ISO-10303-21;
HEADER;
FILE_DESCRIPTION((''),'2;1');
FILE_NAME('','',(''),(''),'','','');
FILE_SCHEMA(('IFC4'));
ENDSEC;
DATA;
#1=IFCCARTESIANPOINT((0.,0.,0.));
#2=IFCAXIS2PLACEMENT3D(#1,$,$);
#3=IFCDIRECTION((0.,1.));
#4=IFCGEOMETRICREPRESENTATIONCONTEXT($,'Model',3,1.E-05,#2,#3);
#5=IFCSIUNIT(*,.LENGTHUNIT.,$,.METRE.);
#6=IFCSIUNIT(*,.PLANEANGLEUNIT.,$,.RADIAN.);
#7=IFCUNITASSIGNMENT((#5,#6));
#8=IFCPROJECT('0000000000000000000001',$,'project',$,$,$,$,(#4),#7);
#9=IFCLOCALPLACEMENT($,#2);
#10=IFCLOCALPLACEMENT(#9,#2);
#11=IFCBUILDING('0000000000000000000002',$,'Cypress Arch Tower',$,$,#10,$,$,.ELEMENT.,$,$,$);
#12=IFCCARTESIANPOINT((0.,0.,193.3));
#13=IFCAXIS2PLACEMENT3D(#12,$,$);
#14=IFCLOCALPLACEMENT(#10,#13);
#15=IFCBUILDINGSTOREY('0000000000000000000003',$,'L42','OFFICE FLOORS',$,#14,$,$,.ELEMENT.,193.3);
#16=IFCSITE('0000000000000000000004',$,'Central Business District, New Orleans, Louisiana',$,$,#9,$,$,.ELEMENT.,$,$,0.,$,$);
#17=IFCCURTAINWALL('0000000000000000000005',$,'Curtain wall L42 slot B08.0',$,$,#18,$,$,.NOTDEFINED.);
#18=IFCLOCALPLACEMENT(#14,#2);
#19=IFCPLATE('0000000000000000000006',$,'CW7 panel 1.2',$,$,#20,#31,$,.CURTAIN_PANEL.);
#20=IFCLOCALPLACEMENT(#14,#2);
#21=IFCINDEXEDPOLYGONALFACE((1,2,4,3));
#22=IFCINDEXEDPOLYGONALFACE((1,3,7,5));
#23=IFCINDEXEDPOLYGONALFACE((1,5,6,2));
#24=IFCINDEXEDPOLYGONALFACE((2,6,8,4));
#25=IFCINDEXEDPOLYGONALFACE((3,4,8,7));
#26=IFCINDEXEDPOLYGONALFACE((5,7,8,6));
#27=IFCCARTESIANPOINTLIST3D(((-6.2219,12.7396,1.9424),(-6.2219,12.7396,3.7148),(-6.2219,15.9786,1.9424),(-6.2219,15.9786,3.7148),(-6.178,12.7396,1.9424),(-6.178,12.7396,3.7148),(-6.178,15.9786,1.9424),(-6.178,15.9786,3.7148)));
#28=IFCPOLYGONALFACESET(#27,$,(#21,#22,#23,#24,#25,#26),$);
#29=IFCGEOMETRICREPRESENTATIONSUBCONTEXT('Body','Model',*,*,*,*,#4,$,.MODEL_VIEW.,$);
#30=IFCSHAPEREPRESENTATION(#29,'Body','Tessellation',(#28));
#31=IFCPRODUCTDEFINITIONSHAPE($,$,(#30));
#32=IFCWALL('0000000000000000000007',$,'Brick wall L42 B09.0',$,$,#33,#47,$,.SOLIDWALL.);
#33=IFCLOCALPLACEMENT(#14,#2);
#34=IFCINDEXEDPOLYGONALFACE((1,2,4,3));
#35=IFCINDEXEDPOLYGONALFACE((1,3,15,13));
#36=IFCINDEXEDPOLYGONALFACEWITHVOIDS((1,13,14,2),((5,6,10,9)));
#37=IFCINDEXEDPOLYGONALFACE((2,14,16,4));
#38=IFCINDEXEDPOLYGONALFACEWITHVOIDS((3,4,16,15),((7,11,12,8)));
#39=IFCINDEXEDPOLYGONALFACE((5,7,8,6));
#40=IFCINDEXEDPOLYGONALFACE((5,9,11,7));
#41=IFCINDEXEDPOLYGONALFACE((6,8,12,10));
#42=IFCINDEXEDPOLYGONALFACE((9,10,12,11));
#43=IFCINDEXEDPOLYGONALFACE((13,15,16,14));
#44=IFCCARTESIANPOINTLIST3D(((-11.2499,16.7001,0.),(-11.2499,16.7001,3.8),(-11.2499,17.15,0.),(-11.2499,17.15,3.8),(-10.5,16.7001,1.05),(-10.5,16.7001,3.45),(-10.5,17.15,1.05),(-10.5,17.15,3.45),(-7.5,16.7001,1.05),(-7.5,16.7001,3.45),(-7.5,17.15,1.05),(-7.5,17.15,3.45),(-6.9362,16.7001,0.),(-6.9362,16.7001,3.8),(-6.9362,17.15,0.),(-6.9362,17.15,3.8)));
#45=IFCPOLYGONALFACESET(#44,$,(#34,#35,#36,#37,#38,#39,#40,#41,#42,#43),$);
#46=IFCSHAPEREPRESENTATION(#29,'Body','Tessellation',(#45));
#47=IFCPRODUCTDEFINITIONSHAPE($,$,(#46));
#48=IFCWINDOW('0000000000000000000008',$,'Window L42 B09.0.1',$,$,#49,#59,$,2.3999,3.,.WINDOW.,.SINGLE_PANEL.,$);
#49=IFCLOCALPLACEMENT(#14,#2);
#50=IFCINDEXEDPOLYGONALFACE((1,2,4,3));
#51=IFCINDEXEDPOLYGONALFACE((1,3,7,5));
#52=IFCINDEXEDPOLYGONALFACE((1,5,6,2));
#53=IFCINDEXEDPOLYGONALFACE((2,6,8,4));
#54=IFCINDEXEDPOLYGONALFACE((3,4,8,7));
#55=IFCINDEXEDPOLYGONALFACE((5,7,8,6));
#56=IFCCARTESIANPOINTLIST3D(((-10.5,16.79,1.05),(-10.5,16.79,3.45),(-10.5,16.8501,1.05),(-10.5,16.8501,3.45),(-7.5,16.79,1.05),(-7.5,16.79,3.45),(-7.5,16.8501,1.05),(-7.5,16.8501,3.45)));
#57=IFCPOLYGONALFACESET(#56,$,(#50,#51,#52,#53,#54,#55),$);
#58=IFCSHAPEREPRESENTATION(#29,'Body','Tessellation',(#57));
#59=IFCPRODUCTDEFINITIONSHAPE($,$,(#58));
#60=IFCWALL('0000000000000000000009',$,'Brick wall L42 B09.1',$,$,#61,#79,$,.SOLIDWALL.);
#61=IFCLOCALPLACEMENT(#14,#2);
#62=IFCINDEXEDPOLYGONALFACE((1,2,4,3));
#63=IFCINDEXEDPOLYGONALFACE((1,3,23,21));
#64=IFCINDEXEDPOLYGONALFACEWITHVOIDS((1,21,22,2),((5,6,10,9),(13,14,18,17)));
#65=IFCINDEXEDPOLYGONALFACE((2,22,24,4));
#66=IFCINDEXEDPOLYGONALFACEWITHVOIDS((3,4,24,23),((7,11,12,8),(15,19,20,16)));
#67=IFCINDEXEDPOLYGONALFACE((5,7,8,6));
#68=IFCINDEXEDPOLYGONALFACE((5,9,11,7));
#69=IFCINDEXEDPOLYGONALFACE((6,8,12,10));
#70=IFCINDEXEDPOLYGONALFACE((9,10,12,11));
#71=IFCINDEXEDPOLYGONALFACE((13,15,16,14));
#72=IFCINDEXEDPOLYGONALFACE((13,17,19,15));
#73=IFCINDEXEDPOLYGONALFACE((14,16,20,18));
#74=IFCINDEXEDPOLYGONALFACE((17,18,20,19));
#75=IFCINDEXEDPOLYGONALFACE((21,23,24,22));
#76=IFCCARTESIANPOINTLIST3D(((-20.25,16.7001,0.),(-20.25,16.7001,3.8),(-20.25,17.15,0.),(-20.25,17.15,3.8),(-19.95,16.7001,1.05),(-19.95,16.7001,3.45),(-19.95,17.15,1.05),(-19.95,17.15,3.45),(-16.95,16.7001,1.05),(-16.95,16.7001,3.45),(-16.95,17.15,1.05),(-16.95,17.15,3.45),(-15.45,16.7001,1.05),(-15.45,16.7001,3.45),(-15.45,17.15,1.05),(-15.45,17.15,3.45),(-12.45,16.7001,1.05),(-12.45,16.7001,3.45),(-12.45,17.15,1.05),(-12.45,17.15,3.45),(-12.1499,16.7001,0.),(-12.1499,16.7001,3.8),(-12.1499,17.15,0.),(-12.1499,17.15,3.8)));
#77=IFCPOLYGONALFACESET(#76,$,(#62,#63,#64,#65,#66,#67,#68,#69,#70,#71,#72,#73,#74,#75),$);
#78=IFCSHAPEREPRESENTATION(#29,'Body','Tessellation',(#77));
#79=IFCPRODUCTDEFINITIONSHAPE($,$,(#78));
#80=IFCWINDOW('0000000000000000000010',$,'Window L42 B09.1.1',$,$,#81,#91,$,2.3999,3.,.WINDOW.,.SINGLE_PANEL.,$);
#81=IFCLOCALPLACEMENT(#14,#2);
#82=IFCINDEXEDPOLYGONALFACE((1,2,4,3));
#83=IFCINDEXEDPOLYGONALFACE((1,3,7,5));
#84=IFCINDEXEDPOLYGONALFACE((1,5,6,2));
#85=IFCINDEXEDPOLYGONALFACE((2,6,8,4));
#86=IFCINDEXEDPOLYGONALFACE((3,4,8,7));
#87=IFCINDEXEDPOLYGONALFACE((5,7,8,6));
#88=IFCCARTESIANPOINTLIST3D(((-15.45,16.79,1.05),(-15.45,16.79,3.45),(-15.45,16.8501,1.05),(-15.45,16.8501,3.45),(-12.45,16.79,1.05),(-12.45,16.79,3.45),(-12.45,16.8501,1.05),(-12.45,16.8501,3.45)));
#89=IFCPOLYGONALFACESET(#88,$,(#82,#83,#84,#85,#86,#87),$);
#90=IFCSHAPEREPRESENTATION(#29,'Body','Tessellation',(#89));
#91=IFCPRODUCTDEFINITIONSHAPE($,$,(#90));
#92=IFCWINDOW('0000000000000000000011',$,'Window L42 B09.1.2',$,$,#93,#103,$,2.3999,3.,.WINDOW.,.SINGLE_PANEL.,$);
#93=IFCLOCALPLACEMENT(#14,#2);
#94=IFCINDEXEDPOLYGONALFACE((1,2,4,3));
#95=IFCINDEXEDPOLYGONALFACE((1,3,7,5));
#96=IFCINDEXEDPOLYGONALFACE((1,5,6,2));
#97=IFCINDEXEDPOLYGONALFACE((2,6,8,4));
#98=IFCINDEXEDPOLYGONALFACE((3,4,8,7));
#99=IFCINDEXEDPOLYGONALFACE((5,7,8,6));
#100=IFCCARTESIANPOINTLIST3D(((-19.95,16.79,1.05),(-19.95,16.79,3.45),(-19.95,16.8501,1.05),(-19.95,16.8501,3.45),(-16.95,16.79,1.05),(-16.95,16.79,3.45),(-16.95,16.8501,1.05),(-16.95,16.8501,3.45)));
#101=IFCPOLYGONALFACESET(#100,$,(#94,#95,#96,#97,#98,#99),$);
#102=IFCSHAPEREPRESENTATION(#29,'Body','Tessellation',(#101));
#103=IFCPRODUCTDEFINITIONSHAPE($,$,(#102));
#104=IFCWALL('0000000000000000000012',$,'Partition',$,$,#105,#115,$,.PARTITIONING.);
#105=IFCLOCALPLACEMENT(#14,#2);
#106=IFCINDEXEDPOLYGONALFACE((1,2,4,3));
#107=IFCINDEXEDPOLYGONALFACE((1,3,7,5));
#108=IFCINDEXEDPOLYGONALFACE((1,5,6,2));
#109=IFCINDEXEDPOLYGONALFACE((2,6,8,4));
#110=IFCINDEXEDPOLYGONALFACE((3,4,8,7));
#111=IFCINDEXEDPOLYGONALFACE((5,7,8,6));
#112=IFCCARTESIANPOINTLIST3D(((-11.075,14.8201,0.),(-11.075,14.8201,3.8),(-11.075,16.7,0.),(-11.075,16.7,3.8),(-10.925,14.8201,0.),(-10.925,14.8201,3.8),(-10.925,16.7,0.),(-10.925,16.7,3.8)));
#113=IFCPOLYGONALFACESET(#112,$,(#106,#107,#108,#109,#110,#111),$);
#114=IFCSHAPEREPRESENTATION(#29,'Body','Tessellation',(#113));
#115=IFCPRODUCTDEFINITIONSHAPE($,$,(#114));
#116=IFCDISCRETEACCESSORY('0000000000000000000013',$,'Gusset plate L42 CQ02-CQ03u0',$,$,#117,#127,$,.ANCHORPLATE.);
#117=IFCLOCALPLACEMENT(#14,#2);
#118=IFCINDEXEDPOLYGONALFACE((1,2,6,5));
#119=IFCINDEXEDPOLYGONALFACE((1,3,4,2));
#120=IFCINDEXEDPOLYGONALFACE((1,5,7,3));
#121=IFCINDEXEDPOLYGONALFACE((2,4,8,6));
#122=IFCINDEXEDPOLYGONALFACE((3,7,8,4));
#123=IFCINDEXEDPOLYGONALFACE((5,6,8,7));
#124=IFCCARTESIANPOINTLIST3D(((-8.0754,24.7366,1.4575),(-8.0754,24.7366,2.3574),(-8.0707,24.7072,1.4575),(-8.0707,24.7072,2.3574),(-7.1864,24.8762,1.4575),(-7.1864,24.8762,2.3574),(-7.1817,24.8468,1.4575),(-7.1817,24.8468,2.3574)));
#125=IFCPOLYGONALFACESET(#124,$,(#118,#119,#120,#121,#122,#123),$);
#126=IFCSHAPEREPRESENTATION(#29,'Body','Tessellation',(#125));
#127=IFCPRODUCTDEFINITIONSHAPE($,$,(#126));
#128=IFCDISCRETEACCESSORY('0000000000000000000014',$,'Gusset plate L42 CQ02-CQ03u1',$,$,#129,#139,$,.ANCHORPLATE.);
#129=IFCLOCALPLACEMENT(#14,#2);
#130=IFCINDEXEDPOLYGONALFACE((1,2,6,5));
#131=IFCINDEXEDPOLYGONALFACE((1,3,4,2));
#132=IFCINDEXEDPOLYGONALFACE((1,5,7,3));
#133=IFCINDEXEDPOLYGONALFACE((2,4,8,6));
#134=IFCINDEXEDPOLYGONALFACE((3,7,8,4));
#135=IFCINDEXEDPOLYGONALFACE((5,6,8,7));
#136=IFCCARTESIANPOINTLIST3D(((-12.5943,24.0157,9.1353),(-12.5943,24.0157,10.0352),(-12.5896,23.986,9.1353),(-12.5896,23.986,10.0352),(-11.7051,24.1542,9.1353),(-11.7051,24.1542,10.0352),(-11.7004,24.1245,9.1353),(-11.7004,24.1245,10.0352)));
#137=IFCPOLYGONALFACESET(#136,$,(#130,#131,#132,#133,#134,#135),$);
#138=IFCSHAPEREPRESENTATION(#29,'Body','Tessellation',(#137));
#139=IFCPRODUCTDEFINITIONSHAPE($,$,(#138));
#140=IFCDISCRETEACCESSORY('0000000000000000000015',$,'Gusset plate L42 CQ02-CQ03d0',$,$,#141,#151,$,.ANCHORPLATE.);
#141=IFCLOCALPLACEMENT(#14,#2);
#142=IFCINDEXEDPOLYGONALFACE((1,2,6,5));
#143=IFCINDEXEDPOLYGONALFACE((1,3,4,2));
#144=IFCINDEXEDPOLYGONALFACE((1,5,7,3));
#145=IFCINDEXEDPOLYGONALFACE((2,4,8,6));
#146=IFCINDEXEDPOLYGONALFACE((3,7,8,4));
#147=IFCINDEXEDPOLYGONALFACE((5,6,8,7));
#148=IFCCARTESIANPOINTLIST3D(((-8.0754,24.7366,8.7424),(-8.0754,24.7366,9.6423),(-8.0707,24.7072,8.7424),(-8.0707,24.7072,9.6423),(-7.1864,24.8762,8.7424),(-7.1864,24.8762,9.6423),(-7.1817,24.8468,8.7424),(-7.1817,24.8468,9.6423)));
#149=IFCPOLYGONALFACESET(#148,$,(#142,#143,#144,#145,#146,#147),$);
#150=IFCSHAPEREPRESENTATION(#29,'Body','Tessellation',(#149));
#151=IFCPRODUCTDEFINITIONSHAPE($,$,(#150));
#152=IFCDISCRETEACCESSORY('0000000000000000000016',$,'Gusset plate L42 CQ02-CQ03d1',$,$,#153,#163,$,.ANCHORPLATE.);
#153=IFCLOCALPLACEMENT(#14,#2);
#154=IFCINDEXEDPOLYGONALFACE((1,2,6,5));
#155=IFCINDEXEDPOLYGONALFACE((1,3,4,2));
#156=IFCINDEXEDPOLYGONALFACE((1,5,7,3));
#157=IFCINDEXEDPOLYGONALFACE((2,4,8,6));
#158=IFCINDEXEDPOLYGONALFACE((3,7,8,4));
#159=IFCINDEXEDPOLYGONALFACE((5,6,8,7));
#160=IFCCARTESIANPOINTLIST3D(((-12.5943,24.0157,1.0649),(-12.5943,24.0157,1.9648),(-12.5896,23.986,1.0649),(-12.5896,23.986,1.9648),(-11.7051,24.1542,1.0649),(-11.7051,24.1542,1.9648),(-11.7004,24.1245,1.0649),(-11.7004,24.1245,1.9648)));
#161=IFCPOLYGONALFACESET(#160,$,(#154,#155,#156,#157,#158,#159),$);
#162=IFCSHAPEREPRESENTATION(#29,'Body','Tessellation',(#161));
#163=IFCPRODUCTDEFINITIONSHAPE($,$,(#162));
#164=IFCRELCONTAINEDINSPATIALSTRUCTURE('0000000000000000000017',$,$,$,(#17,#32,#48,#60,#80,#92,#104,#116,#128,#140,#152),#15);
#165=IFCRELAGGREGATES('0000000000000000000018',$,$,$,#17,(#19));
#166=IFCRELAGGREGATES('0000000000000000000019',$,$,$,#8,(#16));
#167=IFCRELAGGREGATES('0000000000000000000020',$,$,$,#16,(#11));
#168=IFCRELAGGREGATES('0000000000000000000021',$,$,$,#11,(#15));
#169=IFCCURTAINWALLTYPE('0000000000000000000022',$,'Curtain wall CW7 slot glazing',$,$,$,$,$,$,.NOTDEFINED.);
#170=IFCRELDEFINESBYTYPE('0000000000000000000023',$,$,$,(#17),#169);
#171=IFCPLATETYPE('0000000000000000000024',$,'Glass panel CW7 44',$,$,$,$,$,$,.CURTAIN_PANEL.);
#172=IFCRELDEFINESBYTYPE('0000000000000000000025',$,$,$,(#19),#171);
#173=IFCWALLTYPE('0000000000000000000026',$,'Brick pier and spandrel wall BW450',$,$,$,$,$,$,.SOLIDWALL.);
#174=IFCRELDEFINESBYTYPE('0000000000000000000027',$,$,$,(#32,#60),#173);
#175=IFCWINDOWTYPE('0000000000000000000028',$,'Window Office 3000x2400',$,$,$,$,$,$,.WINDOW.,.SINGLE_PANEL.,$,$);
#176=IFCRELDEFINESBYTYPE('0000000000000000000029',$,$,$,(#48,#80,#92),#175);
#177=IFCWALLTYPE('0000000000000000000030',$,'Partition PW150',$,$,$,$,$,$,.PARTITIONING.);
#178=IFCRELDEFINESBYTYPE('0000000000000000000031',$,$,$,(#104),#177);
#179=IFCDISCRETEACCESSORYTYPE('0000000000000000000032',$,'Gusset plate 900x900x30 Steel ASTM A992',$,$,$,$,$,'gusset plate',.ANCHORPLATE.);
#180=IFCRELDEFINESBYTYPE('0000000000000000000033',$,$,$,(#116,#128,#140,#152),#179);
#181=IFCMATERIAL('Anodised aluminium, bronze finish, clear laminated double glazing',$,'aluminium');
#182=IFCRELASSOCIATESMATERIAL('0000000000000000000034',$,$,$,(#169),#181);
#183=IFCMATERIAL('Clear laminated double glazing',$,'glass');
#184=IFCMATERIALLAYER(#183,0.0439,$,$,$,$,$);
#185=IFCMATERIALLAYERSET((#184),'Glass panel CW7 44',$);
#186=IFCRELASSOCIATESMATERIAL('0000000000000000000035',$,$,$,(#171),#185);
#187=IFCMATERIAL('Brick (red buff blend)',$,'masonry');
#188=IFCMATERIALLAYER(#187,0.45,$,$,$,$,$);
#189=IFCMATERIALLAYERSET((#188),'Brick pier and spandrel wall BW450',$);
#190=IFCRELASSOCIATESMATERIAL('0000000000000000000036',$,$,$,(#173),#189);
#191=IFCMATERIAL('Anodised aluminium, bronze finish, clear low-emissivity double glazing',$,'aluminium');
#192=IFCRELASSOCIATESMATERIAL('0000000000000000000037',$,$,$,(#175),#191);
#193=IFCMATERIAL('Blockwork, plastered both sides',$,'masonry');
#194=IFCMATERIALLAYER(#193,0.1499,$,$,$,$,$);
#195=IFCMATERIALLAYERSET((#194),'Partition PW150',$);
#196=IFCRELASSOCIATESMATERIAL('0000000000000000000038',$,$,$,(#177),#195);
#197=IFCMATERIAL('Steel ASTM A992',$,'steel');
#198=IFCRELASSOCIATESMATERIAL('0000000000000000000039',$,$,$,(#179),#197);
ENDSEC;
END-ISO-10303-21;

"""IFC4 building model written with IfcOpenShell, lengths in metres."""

from ifc_helpers import new_model, si_unit, direction, frame, frame_2d, origin, origin_2d, place, context, subcontext, project, spatial, rectangle, extrude, material, layer, layer_set, material_profile, profile_set, type_object, element, fill, aggregate, save


model = new_model("IFC4")

# Units and contexts
model_context = context("Model", 3, precision=1e-05, world=origin(), true_north=direction((0.0, 1.0)))
body_context = subcontext(model_context, "Body", "Model", "MODEL_VIEW")
ifc_project = project(units=[si_unit("LENGTHUNIT", "METRE"), si_unit("PLANEANGLEUNIT", "RADIAN")], contexts=[model_context])

# Site, building, storey
site_placement = place(None, origin())
site = spatial("IfcSite", under=ifc_project, at=site_placement, Name="Central Business District, New Orleans, Louisiana", CompositionType="ELEMENT", RefElevation=0.0)
building_placement = place(site_placement, origin())
building = spatial("IfcBuilding", under=site, at=building_placement, Name="Cypress Arch Tower", CompositionType="ELEMENT")
storey_placement = place(building_placement, frame((0.0, 0.0, 193.3)))
storey = spatial("IfcBuildingStorey", under=building, at=storey_placement, Name="L42", Description="OFFICE FLOORS", CompositionType="ELEMENT", Elevation=193.3)

# Curtain wall
ifc_material_1 = material(Name="Anodised aluminium, bronze finish, clear laminated double glazing", Category="aluminium")
curtain_wall_type = type_object("IfcCurtainWallType", Name="Curtain wall CW7 slot glazing", PredefinedType="NOTDEFINED", material=ifc_material_1)
curtain_wall_placement = place(storey_placement, origin())
curtain_wall = element("IfcCurtainWall", 1, at=curtain_wall_placement, inside=storey, type_object=curtain_wall_type, Name="Curtain wall L42 slot B08.0", PredefinedType="NOTDEFINED")

# Plate
ifc_material_2 = material(Name="Clear laminated double glazing", Category="glass")
ifc_layer_1 = layer(ifc_material_2, 0.0439)
ifc_layer_set_1 = layer_set([ifc_layer_1], Name="Glass panel CW7 44")
plate_type = type_object("IfcPlateType", Name="Glass panel CW7 44", PredefinedType="CURTAIN_PANEL", material=ifc_layer_set_1)
plate_1_placement = place(storey_placement, frame((-6.2, 14.3591, 1.9424), z_axis=(0.0, 0.0, 1.0), x_axis=(0.0, 1.0, 0.0)))
plate_1 = element("IfcPlate", 2, at=plate_1_placement, type_object=plate_type, Name="CW7 panel 1.2", PredefinedType="CURTAIN_PANEL", context=body_context, shape_type="SweptSolid", body=[
    extrude(rectangle(XDim=3.239, YDim=0.0439, at=origin_2d()), origin(), (0.0, 0.0, 1.0), 1.7725),
])
aggregate(curtain_wall, [plate_1])

# Wall, opening, window
ifc_material_3 = material(Name="Brick (red buff blend)", Category="masonry")
ifc_layer_2 = layer(ifc_material_3, 0.45)
ifc_layer_set_2 = layer_set([ifc_layer_2], Name="Brick pier and spandrel wall BW450")
wall_type_1 = type_object("IfcWallType", Name="Brick pier and spandrel wall BW450", PredefinedType="SOLIDWALL", material=ifc_layer_set_2)
wall_1_placement = place(storey_placement, frame((-6.9363, 16.925, 0.0), z_axis=(0.0, 0.0, 1.0), x_axis=(-1.0, 0.0, 0.0)))
wall_1 = element("IfcWall", 3, at=wall_1_placement, inside=storey, type_object=wall_type_1, Name="Brick wall L42 B09.0", PredefinedType="SOLIDWALL", context=body_context, shape_type="SweptSolid", body=[
    extrude(rectangle(XDim=4.3137, YDim=0.45, at=frame_2d((2.1567, 0.0))), origin(), (0.0, 0.0, 1.0), 3.8),
])
opening_1_placement = place(wall_1_placement, frame((0.5637, 0.0, 1.05)))
opening_1 = element("IfcOpeningElement", 4, at=opening_1_placement, cuts=wall_1, PredefinedType="OPENING", context=body_context, shape_type="SweptSolid", body=[
    extrude(rectangle(XDim=3.0, YDim=2.3999, at=frame_2d((1.5, 1.2))), frame((0.0, 0.2349, 0.0), z_axis=(0.0, -1.0, 0.0), x_axis=(1.0, 0.0, 0.0)), (0.0, 0.0, 1.0), 0.47),
])
ifc_material_4 = material(Name="Anodised aluminium, bronze finish, clear low-emissivity double glazing", Category="aluminium")
window_type = type_object("IfcWindowType", Name="Window Office 3000x2400", PartitioningType="SINGLE_PANEL", PredefinedType="WINDOW", material=ifc_material_4)
window_1_placement = place(opening_1_placement, origin())
window_1 = element("IfcWindow", 5, at=window_1_placement, inside=storey, type_object=window_type, Name="Window L42 B09.0.1", OverallHeight=2.3999, OverallWidth=3.0, PartitioningType="SINGLE_PANEL", PredefinedType="WINDOW", context=body_context, shape_type="SweptSolid", body=[
    extrude(rectangle(XDim=3.0, YDim=2.3999, at=frame_2d((1.5, 1.2))), frame((0.0, 0.135, 0.0), z_axis=(0.0, -1.0, 0.0), x_axis=(1.0, 0.0, 0.0)), (0.0, 0.0, 1.0), 0.0601),
])
fill(opening_1, window_1)

# Wall, openings, windows
wall_2_placement = place(storey_placement, frame((-12.1499, 16.925, 0.0), z_axis=(0.0, 0.0, 1.0), x_axis=(-1.0, 0.0, 0.0)))
wall_2 = element("IfcWall", 6, at=wall_2_placement, inside=storey, type_object=wall_type_1, Name="Brick wall L42 B09.1", PredefinedType="SOLIDWALL", context=body_context, shape_type="SweptSolid", body=[
    extrude(rectangle(XDim=8.1001, YDim=0.45, at=frame_2d((4.05, 0.0))), origin(), (0.0, 0.0, 1.0), 3.8),
])
opening_2_placement = place(wall_2_placement, frame((0.3, 0.0, 1.05)))
opening_2 = element("IfcOpeningElement", 7, at=opening_2_placement, cuts=wall_2, PredefinedType="OPENING", context=body_context, shape_type="SweptSolid", body=[
    extrude(rectangle(XDim=3.0, YDim=2.3999, at=frame_2d((1.5, 1.2))), frame((0.0, 0.2349, 0.0), z_axis=(0.0, -1.0, 0.0), x_axis=(1.0, 0.0, 0.0)), (0.0, 0.0, 1.0), 0.47),
])
opening_3_placement = place(wall_2_placement, frame((4.8, 0.0, 1.05)))
opening_3 = element("IfcOpeningElement", 8, at=opening_3_placement, cuts=wall_2, PredefinedType="OPENING", context=body_context, shape_type="SweptSolid", body=[
    extrude(rectangle(XDim=3.0, YDim=2.3999, at=frame_2d((1.5, 1.2))), frame((0.0, 0.2349, 0.0), z_axis=(0.0, -1.0, 0.0), x_axis=(1.0, 0.0, 0.0)), (0.0, 0.0, 1.0), 0.47),
])
window_2_placement = place(opening_2_placement, origin())
window_2 = element("IfcWindow", 9, at=window_2_placement, inside=storey, type_object=window_type, Name="Window L42 B09.1.1", OverallHeight=2.3999, OverallWidth=3.0, PartitioningType="SINGLE_PANEL", PredefinedType="WINDOW", context=body_context, shape_type="SweptSolid", body=[
    extrude(rectangle(XDim=3.0, YDim=2.3999, at=frame_2d((1.5, 1.2))), frame((0.0, 0.135, 0.0), z_axis=(0.0, -1.0, 0.0), x_axis=(1.0, 0.0, 0.0)), (0.0, 0.0, 1.0), 0.0601),
])
fill(opening_2, window_2)
window_3_placement = place(opening_3_placement, origin())
window_3 = element("IfcWindow", 10, at=window_3_placement, inside=storey, type_object=window_type, Name="Window L42 B09.1.2", OverallHeight=2.3999, OverallWidth=3.0, PartitioningType="SINGLE_PANEL", PredefinedType="WINDOW", context=body_context, shape_type="SweptSolid", body=[
    extrude(rectangle(XDim=3.0, YDim=2.3999, at=frame_2d((1.5, 1.2))), frame((0.0, 0.135, 0.0), z_axis=(0.0, -1.0, 0.0), x_axis=(1.0, 0.0, 0.0)), (0.0, 0.0, 1.0), 0.0601),
])
fill(opening_3, window_3)

# Wall
ifc_material_5 = material(Name="Blockwork, plastered both sides", Category="masonry")
ifc_layer_3 = layer(ifc_material_5, 0.1499)
ifc_layer_set_3 = layer_set([ifc_layer_3], Name="Partition PW150")
wall_type_2 = type_object("IfcWallType", Name="Partition PW150", PredefinedType="PARTITIONING", material=ifc_layer_set_3)
wall_3_placement = place(storey_placement, frame((-11.0, 14.8201, 0.0), z_axis=(0.0, 0.0, 1.0), x_axis=(0.0, 1.0, 0.0)))
element("IfcWall", 11, at=wall_3_placement, inside=storey, type_object=wall_type_2, Name="Partition", PredefinedType="PARTITIONING", context=body_context, shape_type="SweptSolid", body=[
    extrude(rectangle(XDim=1.8799, YDim=0.1499, at=frame_2d((0.9399, 0.0))), origin(), (0.0, 0.0, 1.0), 3.8),
])

# Discrete accessories
ifc_material_6 = material(Name="Steel ASTM A992", Category="steel")
ifc_material_profile_1 = material_profile(ifc_material_6, rectangle(XDim=0.8999, YDim=0.8999, at=origin_2d()), Name="PL 30 900x900")
ifc_profile_set_1 = profile_set([ifc_material_profile_1], Name="Steel ASTM A992")
discrete_accessory_type_1 = type_object("IfcDiscreteAccessoryType", Name="Gusset plate 900x900x30 Steel ASTM A992", ElementType="gusset plate", PredefinedType="ANCHORPLATE", material=ifc_profile_set_1)
discrete_accessory_1_placement = place(storey_placement, frame((-7.6309, 24.8064, 1.9075), z_axis=(0.155124, -0.987895, 0.0), x_axis=(0.987895, 0.155124, 0.0)))
element("IfcDiscreteAccessory", 12, at=discrete_accessory_1_placement, inside=storey, type_object=discrete_accessory_type_1, Name="Gusset plate L42 CQ02-CQ03u0", PredefinedType="ANCHORPLATE", context=body_context, shape_type="SweptSolid", body=[
    extrude(rectangle(XDim=0.8999, YDim=0.8999, at=origin_2d()), origin(), (0.0, 0.0, 1.0), 0.0298),
])
discrete_accessory_2_placement = place(storey_placement, frame((-12.1497, 24.085, 9.5852), z_axis=(0.153883, -0.988089, 0.0), x_axis=(0.988089, 0.153883, 0.0)))
element("IfcDiscreteAccessory", 13, at=discrete_accessory_2_placement, inside=storey, type_object=discrete_accessory_type_1, Name="Gusset plate L42 CQ02-CQ03u1", PredefinedType="ANCHORPLATE", context=body_context, shape_type="SweptSolid", body=[
    extrude(rectangle(XDim=0.8999, YDim=0.8999, at=origin_2d()), origin(), (0.0, 0.0, 1.0), 0.03),
])
discrete_accessory_3_placement = place(storey_placement, frame((-7.6309, 24.8064, 9.1924), z_axis=(0.155124, -0.987895, 0.0), x_axis=(0.987895, 0.155124, 0.0)))
element("IfcDiscreteAccessory", 14, at=discrete_accessory_3_placement, inside=storey, type_object=discrete_accessory_type_1, Name="Gusset plate L42 CQ02-CQ03d0", PredefinedType="ANCHORPLATE", context=body_context, shape_type="SweptSolid", body=[
    extrude(rectangle(XDim=0.8999, YDim=0.8999, at=origin_2d()), origin(), (0.0, 0.0, 1.0), 0.0298),
])
discrete_accessory_4_placement = place(storey_placement, frame((-12.1497, 24.085, 1.5149), z_axis=(0.153883, -0.988089, 0.0), x_axis=(0.988089, 0.153883, 0.0)))
element("IfcDiscreteAccessory", 15, at=discrete_accessory_4_placement, inside=storey, type_object=discrete_accessory_type_1, Name="Gusset plate L42 CQ02-CQ03d1", PredefinedType="ANCHORPLATE", context=body_context, shape_type="SweptSolid", body=[
    extrude(rectangle(XDim=0.8999, YDim=0.8999, at=origin_2d()), origin(), (0.0, 0.0, 1.0), 0.03),
])

save(model, "model.ifc")
